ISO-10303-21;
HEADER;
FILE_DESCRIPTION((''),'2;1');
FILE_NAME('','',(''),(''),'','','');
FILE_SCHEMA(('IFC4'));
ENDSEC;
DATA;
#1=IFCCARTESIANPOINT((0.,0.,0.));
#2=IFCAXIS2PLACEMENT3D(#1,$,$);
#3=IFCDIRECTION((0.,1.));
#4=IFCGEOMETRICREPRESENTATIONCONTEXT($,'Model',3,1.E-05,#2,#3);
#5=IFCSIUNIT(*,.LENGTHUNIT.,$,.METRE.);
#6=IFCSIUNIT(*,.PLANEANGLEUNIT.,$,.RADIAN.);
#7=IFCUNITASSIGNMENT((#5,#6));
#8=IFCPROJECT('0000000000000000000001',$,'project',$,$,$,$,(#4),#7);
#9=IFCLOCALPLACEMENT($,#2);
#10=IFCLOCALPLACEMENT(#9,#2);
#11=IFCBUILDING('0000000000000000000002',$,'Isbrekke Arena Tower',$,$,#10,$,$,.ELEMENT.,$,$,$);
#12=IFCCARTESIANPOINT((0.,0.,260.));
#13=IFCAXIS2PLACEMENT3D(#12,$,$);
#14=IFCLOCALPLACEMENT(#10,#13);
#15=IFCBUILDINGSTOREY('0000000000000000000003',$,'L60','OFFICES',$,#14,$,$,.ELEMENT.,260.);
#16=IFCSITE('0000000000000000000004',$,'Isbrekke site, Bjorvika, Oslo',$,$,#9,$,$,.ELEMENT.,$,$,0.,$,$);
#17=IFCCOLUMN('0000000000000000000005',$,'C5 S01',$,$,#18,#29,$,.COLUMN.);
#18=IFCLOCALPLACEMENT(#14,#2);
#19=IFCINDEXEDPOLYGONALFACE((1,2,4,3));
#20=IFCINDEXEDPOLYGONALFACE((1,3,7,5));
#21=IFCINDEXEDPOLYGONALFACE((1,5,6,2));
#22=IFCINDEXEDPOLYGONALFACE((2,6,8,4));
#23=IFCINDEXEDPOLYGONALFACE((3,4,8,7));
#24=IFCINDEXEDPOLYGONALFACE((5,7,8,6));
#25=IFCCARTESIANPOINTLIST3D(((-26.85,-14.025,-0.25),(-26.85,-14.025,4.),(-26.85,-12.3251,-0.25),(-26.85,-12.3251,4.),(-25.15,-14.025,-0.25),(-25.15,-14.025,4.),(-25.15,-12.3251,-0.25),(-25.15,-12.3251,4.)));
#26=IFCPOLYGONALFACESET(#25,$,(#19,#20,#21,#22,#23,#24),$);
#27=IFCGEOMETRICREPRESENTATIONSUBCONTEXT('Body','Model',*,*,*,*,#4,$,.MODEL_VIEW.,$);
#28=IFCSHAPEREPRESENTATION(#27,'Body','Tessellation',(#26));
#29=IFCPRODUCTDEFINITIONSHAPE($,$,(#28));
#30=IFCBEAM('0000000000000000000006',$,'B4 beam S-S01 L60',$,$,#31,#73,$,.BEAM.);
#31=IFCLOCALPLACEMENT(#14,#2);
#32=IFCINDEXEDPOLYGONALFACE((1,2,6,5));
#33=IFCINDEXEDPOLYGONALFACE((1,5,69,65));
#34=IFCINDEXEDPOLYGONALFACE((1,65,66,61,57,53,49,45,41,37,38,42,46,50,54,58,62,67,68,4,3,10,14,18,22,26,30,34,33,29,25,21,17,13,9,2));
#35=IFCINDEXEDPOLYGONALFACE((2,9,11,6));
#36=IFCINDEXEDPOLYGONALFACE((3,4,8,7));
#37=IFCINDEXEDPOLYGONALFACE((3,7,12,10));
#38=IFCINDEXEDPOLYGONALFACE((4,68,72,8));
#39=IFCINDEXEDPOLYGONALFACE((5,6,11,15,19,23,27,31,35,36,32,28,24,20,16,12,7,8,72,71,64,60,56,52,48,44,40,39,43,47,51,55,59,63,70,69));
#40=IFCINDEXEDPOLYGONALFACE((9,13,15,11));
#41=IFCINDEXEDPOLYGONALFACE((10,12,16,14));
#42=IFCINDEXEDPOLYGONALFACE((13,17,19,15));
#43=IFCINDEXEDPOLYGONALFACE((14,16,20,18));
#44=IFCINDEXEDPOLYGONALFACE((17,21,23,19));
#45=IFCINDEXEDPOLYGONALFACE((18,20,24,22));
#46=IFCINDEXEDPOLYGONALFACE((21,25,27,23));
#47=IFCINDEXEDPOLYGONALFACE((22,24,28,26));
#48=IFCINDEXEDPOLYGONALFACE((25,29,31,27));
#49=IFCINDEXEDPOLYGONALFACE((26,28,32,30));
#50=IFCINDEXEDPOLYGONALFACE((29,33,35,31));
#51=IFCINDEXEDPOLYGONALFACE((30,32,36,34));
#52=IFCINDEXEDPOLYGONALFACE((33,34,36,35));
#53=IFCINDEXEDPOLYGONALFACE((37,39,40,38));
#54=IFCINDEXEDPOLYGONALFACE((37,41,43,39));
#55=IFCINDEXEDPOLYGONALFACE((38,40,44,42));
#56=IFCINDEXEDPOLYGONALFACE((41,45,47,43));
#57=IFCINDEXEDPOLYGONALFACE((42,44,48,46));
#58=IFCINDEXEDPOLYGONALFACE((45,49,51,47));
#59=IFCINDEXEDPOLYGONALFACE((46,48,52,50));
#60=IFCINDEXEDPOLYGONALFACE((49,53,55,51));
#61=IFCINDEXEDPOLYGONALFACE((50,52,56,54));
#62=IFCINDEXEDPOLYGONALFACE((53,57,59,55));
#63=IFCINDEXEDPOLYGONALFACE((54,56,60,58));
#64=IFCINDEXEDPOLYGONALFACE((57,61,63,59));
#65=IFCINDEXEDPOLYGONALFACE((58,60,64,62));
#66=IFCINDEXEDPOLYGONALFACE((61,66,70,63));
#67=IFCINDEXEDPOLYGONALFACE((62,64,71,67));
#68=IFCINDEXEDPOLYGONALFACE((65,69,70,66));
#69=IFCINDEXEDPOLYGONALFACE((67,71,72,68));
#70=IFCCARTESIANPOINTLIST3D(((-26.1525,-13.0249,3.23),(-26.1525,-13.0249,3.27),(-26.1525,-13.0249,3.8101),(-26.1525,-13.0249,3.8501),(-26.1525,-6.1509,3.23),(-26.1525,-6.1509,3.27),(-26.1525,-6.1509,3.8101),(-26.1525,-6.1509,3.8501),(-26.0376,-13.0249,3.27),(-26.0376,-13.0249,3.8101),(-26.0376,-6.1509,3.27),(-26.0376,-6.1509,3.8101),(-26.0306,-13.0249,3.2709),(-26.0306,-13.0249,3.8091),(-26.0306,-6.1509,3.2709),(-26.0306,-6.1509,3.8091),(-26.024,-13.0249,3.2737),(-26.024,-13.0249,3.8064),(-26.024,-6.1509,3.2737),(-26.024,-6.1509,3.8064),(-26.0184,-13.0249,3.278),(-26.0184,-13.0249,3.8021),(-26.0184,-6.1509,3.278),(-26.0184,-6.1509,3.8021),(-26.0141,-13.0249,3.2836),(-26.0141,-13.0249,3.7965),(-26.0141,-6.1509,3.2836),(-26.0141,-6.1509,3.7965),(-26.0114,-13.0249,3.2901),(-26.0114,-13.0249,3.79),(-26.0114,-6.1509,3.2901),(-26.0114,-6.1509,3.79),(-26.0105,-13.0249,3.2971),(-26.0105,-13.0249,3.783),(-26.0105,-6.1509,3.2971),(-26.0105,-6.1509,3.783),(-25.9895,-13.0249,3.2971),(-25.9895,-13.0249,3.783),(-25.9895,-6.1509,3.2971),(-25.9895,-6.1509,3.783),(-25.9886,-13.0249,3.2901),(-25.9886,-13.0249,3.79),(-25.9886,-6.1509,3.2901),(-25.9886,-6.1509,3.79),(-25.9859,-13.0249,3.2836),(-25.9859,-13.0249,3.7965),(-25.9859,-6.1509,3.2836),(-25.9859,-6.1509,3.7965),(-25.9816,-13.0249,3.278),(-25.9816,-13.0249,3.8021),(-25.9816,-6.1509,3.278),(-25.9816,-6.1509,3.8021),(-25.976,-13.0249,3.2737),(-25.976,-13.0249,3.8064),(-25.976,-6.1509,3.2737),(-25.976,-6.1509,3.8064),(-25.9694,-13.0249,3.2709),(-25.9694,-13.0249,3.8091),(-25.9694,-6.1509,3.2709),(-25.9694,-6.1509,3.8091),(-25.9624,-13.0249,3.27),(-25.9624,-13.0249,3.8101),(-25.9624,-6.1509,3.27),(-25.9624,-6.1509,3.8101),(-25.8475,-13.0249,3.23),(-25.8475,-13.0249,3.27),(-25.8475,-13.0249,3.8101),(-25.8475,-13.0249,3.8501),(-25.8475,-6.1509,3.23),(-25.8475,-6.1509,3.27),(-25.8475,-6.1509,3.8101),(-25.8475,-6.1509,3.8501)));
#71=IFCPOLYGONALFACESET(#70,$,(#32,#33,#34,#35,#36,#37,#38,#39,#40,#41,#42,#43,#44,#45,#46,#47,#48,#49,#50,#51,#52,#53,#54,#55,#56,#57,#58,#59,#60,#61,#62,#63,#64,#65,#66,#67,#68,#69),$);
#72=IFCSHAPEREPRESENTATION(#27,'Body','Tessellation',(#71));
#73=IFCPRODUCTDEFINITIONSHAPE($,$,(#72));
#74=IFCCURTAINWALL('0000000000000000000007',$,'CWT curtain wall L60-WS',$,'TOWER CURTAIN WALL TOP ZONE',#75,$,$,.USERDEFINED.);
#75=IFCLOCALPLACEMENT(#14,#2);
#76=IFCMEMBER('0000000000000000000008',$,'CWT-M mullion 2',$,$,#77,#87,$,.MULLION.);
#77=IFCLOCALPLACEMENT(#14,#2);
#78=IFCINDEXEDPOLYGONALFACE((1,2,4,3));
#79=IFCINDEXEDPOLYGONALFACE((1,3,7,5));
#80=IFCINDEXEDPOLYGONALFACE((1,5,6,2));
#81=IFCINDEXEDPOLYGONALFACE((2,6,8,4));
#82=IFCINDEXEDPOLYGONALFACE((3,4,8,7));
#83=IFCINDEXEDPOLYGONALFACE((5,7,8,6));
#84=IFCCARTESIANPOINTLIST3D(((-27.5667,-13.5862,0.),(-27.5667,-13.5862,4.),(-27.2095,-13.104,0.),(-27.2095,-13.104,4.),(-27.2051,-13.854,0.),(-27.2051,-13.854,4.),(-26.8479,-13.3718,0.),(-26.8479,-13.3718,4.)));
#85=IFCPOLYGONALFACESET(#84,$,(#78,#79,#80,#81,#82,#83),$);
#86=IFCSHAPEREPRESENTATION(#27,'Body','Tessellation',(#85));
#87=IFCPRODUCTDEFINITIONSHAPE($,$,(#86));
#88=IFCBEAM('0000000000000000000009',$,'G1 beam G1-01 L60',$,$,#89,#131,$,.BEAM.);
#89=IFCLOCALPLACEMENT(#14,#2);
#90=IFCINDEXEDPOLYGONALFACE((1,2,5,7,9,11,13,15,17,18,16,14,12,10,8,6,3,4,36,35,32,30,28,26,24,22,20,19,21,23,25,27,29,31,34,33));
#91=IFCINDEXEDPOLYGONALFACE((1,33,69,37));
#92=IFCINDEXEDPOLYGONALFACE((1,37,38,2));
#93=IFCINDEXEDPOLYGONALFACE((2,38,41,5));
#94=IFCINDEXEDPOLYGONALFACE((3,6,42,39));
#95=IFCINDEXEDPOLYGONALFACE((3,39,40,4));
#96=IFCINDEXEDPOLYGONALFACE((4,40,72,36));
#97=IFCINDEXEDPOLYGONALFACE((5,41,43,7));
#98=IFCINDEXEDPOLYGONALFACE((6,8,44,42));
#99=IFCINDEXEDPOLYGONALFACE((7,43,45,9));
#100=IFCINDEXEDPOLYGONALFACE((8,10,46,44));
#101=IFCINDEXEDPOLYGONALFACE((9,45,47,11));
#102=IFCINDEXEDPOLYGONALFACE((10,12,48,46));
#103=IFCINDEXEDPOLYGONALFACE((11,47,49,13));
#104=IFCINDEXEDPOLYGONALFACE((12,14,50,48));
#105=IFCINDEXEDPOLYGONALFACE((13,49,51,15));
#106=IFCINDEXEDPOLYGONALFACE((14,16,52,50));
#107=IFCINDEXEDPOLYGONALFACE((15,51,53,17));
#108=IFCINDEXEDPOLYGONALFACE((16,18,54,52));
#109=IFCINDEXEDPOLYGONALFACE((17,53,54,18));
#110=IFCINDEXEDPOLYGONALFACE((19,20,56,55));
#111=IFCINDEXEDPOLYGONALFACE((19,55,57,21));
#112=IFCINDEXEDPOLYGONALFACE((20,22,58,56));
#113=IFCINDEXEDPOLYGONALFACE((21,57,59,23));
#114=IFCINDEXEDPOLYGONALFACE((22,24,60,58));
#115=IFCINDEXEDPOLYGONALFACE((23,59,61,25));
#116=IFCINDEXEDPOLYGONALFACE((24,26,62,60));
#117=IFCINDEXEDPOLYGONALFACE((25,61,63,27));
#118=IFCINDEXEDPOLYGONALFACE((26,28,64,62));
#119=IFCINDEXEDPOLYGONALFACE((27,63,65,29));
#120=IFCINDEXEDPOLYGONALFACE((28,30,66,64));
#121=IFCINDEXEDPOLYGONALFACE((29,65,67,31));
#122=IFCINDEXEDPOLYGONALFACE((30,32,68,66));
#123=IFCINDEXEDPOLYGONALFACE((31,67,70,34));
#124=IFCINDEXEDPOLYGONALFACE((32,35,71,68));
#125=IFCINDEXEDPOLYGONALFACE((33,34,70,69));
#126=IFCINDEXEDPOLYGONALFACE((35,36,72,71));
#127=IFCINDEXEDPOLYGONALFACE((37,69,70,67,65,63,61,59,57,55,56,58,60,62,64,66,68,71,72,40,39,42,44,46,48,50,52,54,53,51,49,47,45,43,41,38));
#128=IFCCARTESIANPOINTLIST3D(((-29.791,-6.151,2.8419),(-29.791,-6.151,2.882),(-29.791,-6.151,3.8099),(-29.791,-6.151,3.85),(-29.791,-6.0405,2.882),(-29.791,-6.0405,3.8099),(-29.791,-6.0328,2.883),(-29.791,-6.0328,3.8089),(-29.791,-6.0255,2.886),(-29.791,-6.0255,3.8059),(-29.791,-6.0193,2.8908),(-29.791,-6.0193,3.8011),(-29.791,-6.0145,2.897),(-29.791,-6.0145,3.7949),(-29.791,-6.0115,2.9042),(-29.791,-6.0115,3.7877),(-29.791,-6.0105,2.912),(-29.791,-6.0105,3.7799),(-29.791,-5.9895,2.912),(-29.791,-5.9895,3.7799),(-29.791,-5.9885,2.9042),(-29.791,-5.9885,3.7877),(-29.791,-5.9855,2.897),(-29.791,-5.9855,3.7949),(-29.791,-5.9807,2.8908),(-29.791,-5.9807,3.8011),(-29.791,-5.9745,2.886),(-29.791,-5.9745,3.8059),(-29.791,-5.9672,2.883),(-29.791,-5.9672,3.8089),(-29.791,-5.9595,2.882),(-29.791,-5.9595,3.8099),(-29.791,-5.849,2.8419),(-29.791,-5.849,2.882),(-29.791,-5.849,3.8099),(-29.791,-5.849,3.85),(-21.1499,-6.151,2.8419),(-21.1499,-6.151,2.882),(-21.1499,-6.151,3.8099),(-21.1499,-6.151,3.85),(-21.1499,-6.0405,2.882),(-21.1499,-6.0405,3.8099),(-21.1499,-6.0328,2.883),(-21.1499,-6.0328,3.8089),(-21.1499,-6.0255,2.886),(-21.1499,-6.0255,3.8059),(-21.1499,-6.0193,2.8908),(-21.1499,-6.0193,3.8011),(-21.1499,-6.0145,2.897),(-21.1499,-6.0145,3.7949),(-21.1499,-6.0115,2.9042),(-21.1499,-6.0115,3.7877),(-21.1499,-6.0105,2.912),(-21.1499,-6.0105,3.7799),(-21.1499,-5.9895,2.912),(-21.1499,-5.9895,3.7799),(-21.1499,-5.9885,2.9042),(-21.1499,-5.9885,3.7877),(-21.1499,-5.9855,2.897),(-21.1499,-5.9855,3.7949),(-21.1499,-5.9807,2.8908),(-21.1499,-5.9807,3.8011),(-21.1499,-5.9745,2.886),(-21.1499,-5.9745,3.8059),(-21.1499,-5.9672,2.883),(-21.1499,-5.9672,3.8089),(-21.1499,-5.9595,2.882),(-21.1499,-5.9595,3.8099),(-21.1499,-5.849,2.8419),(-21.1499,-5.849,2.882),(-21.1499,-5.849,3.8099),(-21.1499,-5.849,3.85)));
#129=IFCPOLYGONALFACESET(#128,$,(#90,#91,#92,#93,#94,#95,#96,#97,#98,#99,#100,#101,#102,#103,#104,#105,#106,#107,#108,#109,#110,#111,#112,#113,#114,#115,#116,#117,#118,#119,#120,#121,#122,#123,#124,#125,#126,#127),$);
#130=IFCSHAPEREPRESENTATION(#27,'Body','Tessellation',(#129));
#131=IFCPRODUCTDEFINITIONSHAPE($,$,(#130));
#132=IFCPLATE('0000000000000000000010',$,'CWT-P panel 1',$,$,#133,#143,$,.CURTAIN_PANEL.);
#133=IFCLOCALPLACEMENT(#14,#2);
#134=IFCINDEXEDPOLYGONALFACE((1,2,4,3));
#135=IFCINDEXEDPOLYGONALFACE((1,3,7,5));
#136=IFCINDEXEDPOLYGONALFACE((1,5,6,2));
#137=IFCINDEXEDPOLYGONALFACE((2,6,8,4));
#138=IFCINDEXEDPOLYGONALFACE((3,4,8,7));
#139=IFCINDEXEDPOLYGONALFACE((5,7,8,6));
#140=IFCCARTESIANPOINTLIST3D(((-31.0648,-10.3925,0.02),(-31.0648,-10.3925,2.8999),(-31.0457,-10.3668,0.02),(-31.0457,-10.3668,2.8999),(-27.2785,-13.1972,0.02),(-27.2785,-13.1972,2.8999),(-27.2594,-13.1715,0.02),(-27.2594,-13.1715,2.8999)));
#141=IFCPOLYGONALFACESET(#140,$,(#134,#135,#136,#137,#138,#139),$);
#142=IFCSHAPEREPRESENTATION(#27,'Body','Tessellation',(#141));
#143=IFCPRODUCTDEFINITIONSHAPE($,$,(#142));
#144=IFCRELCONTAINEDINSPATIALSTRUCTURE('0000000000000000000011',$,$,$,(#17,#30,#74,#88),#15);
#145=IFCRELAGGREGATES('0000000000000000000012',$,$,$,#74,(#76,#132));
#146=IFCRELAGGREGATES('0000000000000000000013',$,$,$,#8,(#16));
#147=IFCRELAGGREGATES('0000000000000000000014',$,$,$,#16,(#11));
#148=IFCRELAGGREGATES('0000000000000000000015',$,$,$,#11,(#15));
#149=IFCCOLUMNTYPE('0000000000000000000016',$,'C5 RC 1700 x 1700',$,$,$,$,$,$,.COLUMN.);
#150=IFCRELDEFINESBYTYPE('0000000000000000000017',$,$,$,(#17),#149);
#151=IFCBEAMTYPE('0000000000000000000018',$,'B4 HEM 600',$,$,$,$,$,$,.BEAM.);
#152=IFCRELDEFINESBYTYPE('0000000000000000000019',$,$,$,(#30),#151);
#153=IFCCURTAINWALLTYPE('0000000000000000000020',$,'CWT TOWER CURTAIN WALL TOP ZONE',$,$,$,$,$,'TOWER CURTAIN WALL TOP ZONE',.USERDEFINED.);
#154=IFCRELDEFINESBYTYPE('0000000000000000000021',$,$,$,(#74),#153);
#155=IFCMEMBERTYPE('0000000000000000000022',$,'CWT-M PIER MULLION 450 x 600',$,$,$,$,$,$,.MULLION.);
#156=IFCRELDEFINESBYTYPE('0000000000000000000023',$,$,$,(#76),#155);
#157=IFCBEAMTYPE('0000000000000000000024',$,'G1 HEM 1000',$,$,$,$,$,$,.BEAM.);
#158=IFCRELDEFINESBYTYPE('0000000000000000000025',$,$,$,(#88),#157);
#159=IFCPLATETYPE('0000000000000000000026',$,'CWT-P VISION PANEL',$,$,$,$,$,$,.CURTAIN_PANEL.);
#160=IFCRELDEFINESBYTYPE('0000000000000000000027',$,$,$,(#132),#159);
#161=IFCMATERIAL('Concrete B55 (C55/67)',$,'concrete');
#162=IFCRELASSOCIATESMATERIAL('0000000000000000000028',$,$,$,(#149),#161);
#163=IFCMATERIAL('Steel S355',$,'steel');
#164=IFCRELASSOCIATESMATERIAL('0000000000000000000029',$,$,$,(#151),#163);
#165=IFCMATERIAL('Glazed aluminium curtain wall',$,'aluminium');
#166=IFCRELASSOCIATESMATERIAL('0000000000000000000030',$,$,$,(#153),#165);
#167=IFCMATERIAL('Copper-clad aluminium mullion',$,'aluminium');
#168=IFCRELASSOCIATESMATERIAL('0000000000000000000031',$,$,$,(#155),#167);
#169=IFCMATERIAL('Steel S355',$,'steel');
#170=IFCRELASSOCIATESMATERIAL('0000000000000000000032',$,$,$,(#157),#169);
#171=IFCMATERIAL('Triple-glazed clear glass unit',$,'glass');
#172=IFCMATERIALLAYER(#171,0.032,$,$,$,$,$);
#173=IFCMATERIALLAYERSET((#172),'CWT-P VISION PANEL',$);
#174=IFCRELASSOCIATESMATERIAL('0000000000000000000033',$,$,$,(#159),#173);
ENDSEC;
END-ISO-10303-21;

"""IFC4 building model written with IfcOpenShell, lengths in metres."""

from ifc_helpers import new_model, si_unit, direction, frame, origin, origin_2d, place, context, subcontext, project, spatial, rectangle, i_section, extrude, material, layer, layer_set, material_profile, profile_set, type_object, element, aggregate, save


model = new_model("IFC4")

# Units and contexts
model_context = context("Model", 3, precision=1e-05, world=origin(), true_north=direction((0.0, 1.0)))
body_context = subcontext(model_context, "Body", "Model", "MODEL_VIEW")
ifc_project = project(units=[si_unit("LENGTHUNIT", "METRE"), si_unit("PLANEANGLEUNIT", "RADIAN")], contexts=[model_context])

# Site, building, storey
site_placement = place(None, origin())
site = spatial("IfcSite", under=ifc_project, at=site_placement, Name="Isbrekke site, Bjorvika, Oslo", CompositionType="ELEMENT", RefElevation=0.0)
building_placement = place(site_placement, origin())
building = spatial("IfcBuilding", under=site, at=building_placement, Name="Isbrekke Arena Tower", CompositionType="ELEMENT")
storey_placement = place(building_placement, frame((0.0, 0.0, 260.0)))
storey = spatial("IfcBuildingStorey", under=building, at=storey_placement, Name="L60", Description="OFFICES", CompositionType="ELEMENT", Elevation=260.0)

# Column
ifc_material_1 = material(Name="Concrete B55 (C55/67)", Category="concrete")
ifc_material_profile_1 = material_profile(ifc_material_1, rectangle(XDim=1.7, YDim=1.7, at=origin_2d()), Name="RC 1700x1700")
ifc_profile_set_1 = profile_set([ifc_material_profile_1], Name="Concrete B55 (C55/67)")
column_type = type_object("IfcColumnType", Name="C5 RC 1700 x 1700", PredefinedType="COLUMN", material=ifc_profile_set_1)
column_placement = place(storey_placement, frame((-26.0, -13.175, -0.25), z_axis=(0.0, 0.0, 1.0), x_axis=(1.0, 0.0, 0.0)))
element("IfcColumn", 1, at=column_placement, inside=storey, type_object=column_type, Name="C5 S01", PredefinedType="COLUMN", context=body_context, shape_type="SweptSolid", body=[
    extrude(rectangle(XDim=1.7, YDim=1.7, at=origin_2d()), origin(), (0.0, 0.0, 1.0), 4.25),
])

# Beam
ifc_material_2 = material(Name="Steel S355", Category="steel")
ifc_material_profile_2 = material_profile(ifc_material_2, i_section(OverallWidth=0.3049, OverallDepth=0.6201, WebThickness=0.021, FlangeThickness=0.04, FilletRadius=0.0271, at=origin_2d()), Name="HEM 600")
ifc_profile_set_2 = profile_set([ifc_material_profile_2], Name="Steel S355")
beam_type_1 = type_object("IfcBeamType", Name="B4 HEM 600", PredefinedType="BEAM", material=ifc_profile_set_2)
beam_1_placement = place(storey_placement, frame((-26.0, -13.0249, 3.54), z_axis=(0.0, 1.0, 0.0), x_axis=(-1.0, 0.0, 0.0)))
element("IfcBeam", 2, at=beam_1_placement, inside=storey, type_object=beam_type_1, Name="B4 beam S-S01 L60", PredefinedType="BEAM", context=body_context, shape_type="SweptSolid", body=[
    extrude(i_section(OverallWidth=0.3049, OverallDepth=0.6201, WebThickness=0.021, FlangeThickness=0.04, FilletRadius=0.0271, at=origin_2d()), origin(), (0.0, 0.0, 1.0), 6.874),
])

# Curtain wall, member
ifc_material_3 = material(Name="Glazed aluminium curtain wall", Category="aluminium")
curtain_wall_type = type_object("IfcCurtainWallType", Name="CWT TOWER CURTAIN WALL TOP ZONE", ElementType="TOWER CURTAIN WALL TOP ZONE", PredefinedType="USERDEFINED", material=ifc_material_3)
curtain_wall_placement = place(storey_placement, origin())
curtain_wall = element("IfcCurtainWall", 3, at=curtain_wall_placement, inside=storey, type_object=curtain_wall_type, Name="CWT curtain wall L60-WS", ObjectType="TOWER CURTAIN WALL TOP ZONE", PredefinedType="USERDEFINED")
ifc_material_4 = material(Name="Copper-clad aluminium mullion", Category="aluminium")
ifc_material_profile_3 = material_profile(ifc_material_4, rectangle(XDim=0.45, YDim=0.6001, at=origin_2d()), Name="PIER 450X600")
ifc_profile_set_3 = profile_set([ifc_material_profile_3], Name="Copper-clad aluminium mullion")
member_type = type_object("IfcMemberType", Name="CWT-M PIER MULLION 450 x 600", PredefinedType="MULLION", material=ifc_profile_set_3)
member_placement = place(storey_placement, frame((-27.2073, -13.479, 0.0), z_axis=(0.0, 0.0, 1.0), x_axis=(0.803557, -0.595228, 0.0)))
member = element("IfcMember", 4, at=member_placement, type_object=member_type, Name="CWT-M mullion 2", PredefinedType="MULLION", context=body_context, shape_type="SweptSolid", body=[
    extrude(rectangle(XDim=0.45, YDim=0.6001, at=origin_2d()), origin(), (0.0, 0.0, 1.0), 4.0),
])

# Beam
ifc_material_5 = material(Name="Steel S355", Category="steel")
ifc_material_profile_4 = material_profile(ifc_material_5, i_section(OverallWidth=0.302, OverallDepth=1.0081, WebThickness=0.021, FlangeThickness=0.04, FilletRadius=0.03, at=origin_2d()), Name="HEM 1000")
ifc_profile_set_4 = profile_set([ifc_material_profile_4], Name="Steel S355")
beam_type_2 = type_object("IfcBeamType", Name="G1 HEM 1000", PredefinedType="BEAM", material=ifc_profile_set_4)
beam_2_placement = place(storey_placement, frame((-29.791, -6.0, 3.3459), z_axis=(1.0, 0.0, 0.0), x_axis=(0.0, 1.0, 0.0)))
element("IfcBeam", 5, at=beam_2_placement, inside=storey, type_object=beam_type_2, Name="G1 beam G1-01 L60", PredefinedType="BEAM", context=body_context, shape_type="SweptSolid", body=[
    extrude(i_section(OverallWidth=0.302, OverallDepth=1.0081, WebThickness=0.021, FlangeThickness=0.04, FilletRadius=0.03, at=origin_2d()), origin(), (0.0, 0.0, 1.0), 8.6411),
])

# Plate
ifc_material_6 = material(Name="Triple-glazed clear glass unit", Category="glass")
ifc_layer_1 = layer(ifc_material_6, 0.032)
ifc_layer_set_1 = layer_set([ifc_layer_1], Name="CWT-P VISION PANEL")
plate_type = type_object("IfcPlateType", Name="CWT-P VISION PANEL", PredefinedType="CURTAIN_PANEL", material=ifc_layer_set_1)
plate_placement = place(storey_placement, frame((-29.1621, -11.782, 0.02), z_axis=(0.0, 0.0, 1.0), x_axis=(0.803557, -0.595228, 0.0)))
plate = element("IfcPlate", 6, at=plate_placement, type_object=plate_type, Name="CWT-P panel 1", PredefinedType="CURTAIN_PANEL", context=body_context, shape_type="SweptSolid", body=[
    extrude(rectangle(XDim=4.7119, YDim=0.032, at=origin_2d()), origin(), (0.0, 0.0, 1.0), 2.8799),
])
aggregate(curtain_wall, [member, plate])

save(model, "model.ifc")
